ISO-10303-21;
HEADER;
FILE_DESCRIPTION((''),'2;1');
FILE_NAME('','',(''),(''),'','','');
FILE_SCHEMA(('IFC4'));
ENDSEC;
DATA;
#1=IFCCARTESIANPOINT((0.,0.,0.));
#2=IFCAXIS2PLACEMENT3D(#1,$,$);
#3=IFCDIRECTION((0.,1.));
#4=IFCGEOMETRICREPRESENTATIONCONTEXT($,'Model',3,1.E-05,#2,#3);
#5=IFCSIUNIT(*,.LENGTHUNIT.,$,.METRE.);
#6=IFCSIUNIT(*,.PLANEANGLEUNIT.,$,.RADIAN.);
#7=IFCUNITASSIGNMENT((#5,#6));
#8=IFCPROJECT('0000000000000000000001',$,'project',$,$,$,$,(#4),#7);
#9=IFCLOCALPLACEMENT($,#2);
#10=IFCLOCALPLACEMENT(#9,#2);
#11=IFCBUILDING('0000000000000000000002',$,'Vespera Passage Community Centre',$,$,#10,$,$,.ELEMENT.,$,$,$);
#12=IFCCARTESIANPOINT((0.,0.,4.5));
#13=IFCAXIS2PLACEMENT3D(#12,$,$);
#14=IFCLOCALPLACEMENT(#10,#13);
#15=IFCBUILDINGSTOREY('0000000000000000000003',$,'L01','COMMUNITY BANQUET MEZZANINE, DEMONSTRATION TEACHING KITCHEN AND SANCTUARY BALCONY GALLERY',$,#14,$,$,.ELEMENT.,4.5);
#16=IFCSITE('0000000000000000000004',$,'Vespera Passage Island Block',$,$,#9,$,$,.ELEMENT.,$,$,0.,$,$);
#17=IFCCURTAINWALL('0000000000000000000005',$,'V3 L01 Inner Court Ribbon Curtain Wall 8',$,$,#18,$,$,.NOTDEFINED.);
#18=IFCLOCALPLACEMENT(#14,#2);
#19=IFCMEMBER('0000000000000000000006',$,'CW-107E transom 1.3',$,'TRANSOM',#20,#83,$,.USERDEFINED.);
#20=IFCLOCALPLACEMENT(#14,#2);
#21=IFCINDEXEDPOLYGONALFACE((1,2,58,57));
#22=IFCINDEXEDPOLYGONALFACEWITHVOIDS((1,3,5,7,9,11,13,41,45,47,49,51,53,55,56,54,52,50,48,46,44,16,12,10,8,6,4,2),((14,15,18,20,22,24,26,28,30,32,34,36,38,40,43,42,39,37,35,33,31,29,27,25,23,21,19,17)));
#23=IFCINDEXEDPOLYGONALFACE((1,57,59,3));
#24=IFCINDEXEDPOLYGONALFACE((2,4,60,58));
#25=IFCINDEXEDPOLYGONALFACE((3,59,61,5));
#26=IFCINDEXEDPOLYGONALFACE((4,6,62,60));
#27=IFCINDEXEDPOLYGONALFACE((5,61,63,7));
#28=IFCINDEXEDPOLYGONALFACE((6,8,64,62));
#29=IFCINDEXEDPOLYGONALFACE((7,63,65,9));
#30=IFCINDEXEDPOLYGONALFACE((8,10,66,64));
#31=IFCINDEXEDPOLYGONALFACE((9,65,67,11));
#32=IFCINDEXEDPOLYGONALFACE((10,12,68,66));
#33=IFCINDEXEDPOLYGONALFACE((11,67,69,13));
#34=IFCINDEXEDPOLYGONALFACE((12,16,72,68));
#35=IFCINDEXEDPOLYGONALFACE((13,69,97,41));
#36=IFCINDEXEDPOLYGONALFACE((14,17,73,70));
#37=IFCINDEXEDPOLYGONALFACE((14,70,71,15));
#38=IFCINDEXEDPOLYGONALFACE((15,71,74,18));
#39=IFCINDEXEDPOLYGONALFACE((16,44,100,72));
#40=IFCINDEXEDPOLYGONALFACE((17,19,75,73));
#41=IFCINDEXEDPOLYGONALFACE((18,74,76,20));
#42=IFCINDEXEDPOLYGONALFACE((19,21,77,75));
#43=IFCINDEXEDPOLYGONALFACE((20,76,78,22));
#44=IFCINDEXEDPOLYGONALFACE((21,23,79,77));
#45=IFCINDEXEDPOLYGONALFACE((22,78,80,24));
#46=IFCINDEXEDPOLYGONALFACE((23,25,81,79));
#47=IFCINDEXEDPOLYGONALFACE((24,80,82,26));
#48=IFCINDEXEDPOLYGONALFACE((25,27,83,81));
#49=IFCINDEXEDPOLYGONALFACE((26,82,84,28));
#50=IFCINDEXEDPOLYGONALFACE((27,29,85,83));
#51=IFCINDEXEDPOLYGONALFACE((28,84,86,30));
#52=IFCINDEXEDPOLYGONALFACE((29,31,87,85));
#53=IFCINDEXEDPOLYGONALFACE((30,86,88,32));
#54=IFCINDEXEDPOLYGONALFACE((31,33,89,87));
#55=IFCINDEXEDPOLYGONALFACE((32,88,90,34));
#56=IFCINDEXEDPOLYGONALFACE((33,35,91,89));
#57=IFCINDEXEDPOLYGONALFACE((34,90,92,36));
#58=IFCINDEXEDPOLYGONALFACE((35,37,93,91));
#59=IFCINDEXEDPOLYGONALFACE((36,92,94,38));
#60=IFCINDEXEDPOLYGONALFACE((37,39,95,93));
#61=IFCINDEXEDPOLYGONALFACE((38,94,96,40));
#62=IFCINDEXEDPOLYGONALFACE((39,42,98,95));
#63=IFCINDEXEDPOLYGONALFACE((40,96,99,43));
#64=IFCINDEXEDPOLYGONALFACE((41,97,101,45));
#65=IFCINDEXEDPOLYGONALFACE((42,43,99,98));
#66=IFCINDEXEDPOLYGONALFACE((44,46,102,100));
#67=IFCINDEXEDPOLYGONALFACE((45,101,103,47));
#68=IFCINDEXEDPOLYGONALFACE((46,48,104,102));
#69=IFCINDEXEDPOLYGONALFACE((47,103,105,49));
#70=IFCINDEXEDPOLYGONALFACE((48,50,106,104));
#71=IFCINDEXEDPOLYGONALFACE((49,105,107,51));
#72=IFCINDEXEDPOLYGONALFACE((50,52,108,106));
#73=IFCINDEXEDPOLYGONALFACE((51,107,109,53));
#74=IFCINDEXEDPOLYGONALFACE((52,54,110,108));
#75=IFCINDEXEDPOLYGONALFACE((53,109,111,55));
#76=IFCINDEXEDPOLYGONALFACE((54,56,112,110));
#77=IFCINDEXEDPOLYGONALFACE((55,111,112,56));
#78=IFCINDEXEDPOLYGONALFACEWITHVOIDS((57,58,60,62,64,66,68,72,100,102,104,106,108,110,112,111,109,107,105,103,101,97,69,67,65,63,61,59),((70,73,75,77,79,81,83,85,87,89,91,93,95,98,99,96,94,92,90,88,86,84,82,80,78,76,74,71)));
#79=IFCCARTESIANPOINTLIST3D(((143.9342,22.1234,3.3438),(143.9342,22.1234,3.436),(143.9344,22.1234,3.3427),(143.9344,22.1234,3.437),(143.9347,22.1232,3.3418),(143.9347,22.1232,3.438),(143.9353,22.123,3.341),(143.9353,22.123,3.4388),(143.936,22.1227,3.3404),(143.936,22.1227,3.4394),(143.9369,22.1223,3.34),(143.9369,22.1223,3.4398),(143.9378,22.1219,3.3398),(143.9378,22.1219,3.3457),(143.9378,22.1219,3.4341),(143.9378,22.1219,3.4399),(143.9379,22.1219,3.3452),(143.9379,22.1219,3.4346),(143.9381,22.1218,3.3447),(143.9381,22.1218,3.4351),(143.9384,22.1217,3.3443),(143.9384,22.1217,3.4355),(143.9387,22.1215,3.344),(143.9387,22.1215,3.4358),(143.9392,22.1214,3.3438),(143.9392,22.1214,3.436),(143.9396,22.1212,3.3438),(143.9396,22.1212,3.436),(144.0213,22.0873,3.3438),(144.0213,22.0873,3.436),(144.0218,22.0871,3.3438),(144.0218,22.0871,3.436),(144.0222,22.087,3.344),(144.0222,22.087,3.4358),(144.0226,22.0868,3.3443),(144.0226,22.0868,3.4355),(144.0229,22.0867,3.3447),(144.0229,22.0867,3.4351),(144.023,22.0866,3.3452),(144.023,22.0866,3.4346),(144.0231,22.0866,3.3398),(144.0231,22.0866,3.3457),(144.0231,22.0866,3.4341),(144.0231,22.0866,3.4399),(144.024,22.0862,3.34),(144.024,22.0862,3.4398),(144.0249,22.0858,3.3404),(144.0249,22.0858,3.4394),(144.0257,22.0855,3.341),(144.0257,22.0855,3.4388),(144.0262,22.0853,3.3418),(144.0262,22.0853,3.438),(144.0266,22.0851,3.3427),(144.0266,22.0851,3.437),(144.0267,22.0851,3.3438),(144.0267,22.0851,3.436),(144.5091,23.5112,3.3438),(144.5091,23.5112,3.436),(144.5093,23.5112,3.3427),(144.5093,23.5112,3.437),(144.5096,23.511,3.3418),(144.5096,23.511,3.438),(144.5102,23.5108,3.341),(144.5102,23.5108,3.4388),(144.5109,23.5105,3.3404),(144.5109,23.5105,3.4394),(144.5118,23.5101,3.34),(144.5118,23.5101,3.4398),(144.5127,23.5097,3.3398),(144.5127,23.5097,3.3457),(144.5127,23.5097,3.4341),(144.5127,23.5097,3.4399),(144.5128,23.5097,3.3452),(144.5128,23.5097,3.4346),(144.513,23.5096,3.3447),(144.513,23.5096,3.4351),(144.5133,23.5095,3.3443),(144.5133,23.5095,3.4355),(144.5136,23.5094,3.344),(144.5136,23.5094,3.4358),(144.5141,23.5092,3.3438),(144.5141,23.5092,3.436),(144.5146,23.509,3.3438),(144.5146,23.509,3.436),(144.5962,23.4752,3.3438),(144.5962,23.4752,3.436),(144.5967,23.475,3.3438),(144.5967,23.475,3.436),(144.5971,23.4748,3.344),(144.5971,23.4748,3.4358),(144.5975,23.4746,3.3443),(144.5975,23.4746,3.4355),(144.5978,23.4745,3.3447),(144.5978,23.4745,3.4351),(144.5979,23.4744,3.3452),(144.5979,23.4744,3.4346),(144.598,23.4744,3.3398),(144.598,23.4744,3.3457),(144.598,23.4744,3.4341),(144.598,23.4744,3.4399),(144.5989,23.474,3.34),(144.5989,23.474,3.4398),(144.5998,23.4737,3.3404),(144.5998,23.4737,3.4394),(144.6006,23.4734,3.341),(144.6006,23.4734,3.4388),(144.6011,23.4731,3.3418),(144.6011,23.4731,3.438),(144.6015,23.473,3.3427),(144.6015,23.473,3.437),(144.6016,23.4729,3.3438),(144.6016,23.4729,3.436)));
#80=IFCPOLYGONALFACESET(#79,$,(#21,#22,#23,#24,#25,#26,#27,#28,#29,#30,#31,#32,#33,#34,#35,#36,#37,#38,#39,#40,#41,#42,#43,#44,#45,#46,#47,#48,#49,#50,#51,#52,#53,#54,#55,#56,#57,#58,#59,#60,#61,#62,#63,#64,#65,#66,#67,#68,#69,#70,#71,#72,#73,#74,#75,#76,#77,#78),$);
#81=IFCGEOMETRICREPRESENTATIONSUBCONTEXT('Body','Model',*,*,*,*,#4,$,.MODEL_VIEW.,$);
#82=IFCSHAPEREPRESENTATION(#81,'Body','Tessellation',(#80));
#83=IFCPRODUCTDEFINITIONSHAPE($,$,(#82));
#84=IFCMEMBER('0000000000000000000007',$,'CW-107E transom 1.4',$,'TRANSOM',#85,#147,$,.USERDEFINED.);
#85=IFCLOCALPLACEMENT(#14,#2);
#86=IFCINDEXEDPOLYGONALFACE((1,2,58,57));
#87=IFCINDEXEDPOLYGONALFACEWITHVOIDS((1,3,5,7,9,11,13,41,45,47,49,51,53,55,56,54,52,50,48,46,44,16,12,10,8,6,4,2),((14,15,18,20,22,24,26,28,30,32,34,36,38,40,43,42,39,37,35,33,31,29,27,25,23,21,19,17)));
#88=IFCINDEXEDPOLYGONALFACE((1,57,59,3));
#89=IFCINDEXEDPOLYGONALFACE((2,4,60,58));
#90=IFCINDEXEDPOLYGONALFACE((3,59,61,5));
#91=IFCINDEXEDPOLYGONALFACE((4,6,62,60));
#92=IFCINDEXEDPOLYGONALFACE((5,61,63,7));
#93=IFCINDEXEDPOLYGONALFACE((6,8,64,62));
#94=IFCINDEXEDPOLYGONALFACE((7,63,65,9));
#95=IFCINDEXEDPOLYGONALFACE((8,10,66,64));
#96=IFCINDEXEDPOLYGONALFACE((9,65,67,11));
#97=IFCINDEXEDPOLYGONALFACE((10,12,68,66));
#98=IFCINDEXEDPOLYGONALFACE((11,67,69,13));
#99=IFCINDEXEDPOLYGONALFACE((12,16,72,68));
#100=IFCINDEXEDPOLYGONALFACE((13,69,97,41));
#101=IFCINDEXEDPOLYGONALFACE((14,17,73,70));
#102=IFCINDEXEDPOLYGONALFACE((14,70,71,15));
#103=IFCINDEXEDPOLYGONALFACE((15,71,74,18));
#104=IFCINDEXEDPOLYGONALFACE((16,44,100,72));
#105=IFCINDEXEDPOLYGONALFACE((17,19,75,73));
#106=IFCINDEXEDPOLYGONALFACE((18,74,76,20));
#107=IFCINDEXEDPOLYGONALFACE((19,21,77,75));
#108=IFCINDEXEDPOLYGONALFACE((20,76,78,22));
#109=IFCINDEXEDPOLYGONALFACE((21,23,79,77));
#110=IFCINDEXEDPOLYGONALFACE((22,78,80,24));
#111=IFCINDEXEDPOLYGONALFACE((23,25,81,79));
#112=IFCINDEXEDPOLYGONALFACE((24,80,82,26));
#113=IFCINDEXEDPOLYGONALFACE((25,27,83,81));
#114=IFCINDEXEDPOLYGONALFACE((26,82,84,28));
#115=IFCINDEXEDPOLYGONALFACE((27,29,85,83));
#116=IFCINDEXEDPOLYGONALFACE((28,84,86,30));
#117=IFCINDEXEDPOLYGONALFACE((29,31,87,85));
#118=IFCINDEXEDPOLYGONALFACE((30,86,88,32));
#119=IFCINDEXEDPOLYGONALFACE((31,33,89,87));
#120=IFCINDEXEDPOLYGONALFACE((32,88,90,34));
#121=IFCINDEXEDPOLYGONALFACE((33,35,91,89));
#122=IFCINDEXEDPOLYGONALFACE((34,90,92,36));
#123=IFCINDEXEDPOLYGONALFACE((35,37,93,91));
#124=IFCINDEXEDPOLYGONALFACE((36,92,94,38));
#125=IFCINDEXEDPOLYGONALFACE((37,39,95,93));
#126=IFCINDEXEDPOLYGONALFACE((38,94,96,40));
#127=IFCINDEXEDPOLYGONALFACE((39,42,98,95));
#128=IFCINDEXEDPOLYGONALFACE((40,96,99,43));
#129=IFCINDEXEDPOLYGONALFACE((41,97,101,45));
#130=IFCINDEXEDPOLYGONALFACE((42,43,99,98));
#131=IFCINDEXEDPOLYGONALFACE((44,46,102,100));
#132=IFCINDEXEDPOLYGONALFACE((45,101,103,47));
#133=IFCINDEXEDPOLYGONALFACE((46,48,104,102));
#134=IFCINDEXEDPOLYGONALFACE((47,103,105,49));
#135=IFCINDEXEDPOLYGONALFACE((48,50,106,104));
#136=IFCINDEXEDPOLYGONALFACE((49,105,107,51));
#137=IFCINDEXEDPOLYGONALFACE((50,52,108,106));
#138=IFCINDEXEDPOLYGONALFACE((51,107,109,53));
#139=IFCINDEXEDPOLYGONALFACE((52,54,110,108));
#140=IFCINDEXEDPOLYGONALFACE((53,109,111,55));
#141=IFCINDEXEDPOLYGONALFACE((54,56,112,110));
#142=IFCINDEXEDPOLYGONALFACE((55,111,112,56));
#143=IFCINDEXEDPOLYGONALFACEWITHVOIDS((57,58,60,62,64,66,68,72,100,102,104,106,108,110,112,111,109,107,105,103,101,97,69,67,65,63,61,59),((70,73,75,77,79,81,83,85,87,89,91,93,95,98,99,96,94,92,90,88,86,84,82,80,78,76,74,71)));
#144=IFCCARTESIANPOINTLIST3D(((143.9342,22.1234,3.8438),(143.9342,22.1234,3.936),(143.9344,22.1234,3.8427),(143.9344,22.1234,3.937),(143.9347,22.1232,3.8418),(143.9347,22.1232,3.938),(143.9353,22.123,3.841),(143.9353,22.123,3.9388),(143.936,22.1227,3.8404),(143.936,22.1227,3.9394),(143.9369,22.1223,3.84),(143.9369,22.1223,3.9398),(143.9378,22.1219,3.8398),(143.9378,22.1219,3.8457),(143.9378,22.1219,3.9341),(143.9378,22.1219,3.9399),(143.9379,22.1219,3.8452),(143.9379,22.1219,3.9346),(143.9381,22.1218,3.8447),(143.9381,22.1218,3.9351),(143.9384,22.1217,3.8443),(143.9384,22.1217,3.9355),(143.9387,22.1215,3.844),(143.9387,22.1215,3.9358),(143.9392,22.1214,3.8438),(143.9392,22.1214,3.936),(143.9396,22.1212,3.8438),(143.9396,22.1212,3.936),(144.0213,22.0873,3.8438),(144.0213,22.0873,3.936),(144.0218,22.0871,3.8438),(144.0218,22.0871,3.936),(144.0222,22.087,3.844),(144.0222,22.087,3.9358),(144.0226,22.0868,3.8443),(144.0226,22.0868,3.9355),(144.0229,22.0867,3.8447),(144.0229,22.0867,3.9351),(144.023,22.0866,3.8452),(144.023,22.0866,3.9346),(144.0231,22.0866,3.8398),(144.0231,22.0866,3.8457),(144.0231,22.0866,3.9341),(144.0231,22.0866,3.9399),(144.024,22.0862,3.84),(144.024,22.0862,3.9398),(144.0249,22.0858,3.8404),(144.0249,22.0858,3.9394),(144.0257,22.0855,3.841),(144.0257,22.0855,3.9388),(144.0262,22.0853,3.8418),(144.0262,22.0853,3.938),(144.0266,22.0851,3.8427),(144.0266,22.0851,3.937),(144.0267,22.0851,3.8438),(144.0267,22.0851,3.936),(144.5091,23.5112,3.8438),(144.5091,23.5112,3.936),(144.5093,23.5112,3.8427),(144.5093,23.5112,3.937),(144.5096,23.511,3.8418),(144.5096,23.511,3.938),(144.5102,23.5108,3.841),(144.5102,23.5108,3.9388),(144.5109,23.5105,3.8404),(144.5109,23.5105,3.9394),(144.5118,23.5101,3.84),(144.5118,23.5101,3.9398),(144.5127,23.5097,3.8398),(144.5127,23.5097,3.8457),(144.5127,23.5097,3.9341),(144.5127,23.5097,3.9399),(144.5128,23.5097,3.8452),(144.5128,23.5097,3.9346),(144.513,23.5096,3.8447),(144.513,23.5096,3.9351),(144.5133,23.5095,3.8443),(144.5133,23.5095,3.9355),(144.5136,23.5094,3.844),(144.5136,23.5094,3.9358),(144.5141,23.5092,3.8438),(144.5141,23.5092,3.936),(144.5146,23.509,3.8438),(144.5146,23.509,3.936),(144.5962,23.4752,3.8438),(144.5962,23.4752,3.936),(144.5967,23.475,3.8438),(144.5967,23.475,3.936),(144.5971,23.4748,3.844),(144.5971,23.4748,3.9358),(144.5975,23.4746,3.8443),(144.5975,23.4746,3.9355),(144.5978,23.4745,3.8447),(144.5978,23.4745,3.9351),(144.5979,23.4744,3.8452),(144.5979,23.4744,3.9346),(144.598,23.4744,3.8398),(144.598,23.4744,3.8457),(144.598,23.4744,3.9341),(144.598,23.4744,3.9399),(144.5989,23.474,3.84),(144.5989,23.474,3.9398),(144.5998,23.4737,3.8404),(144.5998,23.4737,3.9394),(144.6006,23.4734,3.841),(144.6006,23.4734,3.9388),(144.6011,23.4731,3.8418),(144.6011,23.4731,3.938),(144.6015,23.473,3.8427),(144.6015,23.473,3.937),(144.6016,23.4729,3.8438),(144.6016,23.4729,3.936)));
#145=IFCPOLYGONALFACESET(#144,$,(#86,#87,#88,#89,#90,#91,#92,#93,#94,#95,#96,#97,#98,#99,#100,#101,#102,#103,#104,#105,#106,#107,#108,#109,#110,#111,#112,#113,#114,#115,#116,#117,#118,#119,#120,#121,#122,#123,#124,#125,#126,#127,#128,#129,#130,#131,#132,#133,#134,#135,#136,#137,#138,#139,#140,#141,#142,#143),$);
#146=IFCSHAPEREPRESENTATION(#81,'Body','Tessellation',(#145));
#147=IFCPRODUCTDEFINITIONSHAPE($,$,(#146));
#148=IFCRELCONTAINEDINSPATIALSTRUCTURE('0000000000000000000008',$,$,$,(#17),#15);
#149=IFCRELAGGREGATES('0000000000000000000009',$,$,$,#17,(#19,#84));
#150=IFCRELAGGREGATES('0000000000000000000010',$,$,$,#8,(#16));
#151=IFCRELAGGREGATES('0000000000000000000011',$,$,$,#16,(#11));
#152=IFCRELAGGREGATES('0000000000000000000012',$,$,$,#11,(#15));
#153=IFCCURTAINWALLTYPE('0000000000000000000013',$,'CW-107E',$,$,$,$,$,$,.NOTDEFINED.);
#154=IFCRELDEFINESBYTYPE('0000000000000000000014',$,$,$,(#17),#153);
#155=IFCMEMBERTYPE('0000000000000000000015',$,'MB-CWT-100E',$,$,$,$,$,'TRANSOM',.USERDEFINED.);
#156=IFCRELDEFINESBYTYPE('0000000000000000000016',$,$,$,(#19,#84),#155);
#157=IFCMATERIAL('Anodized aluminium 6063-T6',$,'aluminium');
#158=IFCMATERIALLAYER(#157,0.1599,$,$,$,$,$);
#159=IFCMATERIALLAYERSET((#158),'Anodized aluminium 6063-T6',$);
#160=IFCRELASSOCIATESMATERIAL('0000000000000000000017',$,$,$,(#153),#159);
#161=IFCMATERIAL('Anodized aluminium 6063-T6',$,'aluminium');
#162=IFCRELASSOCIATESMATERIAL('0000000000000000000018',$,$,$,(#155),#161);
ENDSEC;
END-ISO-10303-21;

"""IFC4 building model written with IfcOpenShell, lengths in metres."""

from ifc_helpers import new_model, si_unit, direction, frame, origin, origin_2d, place, context, subcontext, project, spatial, hollow_rectangle, extrude, material, layer, layer_set, material_profile, profile_set, type_object, element, aggregate, save


model = new_model("IFC4")

# Units and contexts
model_context = context("Model", 3, precision=1e-05, world=origin(), true_north=direction((0.0, 1.0)))
body_context = subcontext(model_context, "Body", "Model", "MODEL_VIEW")
ifc_project = project(units=[si_unit("LENGTHUNIT", "METRE"), si_unit("PLANEANGLEUNIT", "RADIAN")], contexts=[model_context])

# Site, building, storey
site_placement = place(None, origin())
site = spatial("IfcSite", under=ifc_project, at=site_placement, Name="Vespera Passage Island Block", CompositionType="ELEMENT", RefElevation=0.0)
building_placement = place(site_placement, origin())
building = spatial("IfcBuilding", under=site, at=building_placement, Name="Vespera Passage Community Centre", CompositionType="ELEMENT")
storey_placement = place(building_placement, frame((0.0, 0.0, 4.5)))
storey = spatial("IfcBuildingStorey", under=building, at=storey_placement, Name="L01", Description="COMMUNITY BANQUET MEZZANINE, DEMONSTRATION TEACHING KITCHEN AND SANCTUARY BALCONY GALLERY", CompositionType="ELEMENT", Elevation=4.5)

# Shared definitions
ifc_material_1 = material(Name="Anodized aluminium 6063-T6", Category="aluminium")
ifc_layer_1 = layer(ifc_material_1, 0.1599)
ifc_layer_set_1 = layer_set([ifc_layer_1], Name="Anodized aluminium 6063-T6")
curtain_wall_type = type_object("IfcCurtainWallType", Name="CW-107E", PredefinedType="NOTDEFINED", material=ifc_layer_set_1)

# Curtain wall
curtain_wall_1_placement = place(storey_placement, origin())
curtain_wall_1 = element("IfcCurtainWall", 1, at=curtain_wall_1_placement, inside=storey, type_object=curtain_wall_type, Name="V3 L01 Inner Court Ribbon Curtain Wall 8", PredefinedType="NOTDEFINED")

# Members
ifc_material_2 = material(Name="Anodized aluminium 6063-T6", Category="aluminium")
ifc_material_profile_1 = material_profile(ifc_material_2, hollow_rectangle(XDim=0.1001, YDim=0.1001, WallThickness=0.0039, InnerFilletRadius=0.002, OuterFilletRadius=0.0039, at=origin_2d()), Name="ALU100X100X4")
ifc_profile_set_1 = profile_set([ifc_material_profile_1], Name="Anodized aluminium 6063-T6")
member_type_1 = type_object("IfcMemberType", Name="MB-CWT-100E", ElementType="TRANSOM", PredefinedType="USERDEFINED", material=ifc_profile_set_1)
member_1_placement = place(storey_placement, frame((143.9805, 22.1042, 3.3899), z_axis=(0.382711, 0.923868, 0.0), x_axis=(-0.923868, 0.382711, 0.0)))
member_1 = element("IfcMember", 2, at=member_1_placement, type_object=member_type_1, Name="CW-107E transom 1.3", ObjectType="TRANSOM", PredefinedType="USERDEFINED", context=body_context, shape_type="SweptSolid", body=[
    extrude(hollow_rectangle(XDim=0.1001, YDim=0.1001, WallThickness=0.0039, InnerFilletRadius=0.002, OuterFilletRadius=0.0039, at=origin_2d()), origin(), (0.0, 0.0, 1.0), 1.5022),
])
member_2_placement = place(storey_placement, frame((143.9805, 22.1042, 3.8899), z_axis=(0.382711, 0.923868, 0.0), x_axis=(-0.923868, 0.382711, 0.0)))
member_2 = element("IfcMember", 3, at=member_2_placement, type_object=member_type_1, Name="CW-107E transom 1.4", ObjectType="TRANSOM", PredefinedType="USERDEFINED", context=body_context, shape_type="SweptSolid", body=[
    extrude(hollow_rectangle(XDim=0.1001, YDim=0.1001, WallThickness=0.0039, InnerFilletRadius=0.002, OuterFilletRadius=0.0039, at=origin_2d()), origin(), (0.0, 0.0, 1.0), 1.5022),
])

aggregate(curtain_wall_1, [member_1, member_2])

save(model, "model.ifc")
